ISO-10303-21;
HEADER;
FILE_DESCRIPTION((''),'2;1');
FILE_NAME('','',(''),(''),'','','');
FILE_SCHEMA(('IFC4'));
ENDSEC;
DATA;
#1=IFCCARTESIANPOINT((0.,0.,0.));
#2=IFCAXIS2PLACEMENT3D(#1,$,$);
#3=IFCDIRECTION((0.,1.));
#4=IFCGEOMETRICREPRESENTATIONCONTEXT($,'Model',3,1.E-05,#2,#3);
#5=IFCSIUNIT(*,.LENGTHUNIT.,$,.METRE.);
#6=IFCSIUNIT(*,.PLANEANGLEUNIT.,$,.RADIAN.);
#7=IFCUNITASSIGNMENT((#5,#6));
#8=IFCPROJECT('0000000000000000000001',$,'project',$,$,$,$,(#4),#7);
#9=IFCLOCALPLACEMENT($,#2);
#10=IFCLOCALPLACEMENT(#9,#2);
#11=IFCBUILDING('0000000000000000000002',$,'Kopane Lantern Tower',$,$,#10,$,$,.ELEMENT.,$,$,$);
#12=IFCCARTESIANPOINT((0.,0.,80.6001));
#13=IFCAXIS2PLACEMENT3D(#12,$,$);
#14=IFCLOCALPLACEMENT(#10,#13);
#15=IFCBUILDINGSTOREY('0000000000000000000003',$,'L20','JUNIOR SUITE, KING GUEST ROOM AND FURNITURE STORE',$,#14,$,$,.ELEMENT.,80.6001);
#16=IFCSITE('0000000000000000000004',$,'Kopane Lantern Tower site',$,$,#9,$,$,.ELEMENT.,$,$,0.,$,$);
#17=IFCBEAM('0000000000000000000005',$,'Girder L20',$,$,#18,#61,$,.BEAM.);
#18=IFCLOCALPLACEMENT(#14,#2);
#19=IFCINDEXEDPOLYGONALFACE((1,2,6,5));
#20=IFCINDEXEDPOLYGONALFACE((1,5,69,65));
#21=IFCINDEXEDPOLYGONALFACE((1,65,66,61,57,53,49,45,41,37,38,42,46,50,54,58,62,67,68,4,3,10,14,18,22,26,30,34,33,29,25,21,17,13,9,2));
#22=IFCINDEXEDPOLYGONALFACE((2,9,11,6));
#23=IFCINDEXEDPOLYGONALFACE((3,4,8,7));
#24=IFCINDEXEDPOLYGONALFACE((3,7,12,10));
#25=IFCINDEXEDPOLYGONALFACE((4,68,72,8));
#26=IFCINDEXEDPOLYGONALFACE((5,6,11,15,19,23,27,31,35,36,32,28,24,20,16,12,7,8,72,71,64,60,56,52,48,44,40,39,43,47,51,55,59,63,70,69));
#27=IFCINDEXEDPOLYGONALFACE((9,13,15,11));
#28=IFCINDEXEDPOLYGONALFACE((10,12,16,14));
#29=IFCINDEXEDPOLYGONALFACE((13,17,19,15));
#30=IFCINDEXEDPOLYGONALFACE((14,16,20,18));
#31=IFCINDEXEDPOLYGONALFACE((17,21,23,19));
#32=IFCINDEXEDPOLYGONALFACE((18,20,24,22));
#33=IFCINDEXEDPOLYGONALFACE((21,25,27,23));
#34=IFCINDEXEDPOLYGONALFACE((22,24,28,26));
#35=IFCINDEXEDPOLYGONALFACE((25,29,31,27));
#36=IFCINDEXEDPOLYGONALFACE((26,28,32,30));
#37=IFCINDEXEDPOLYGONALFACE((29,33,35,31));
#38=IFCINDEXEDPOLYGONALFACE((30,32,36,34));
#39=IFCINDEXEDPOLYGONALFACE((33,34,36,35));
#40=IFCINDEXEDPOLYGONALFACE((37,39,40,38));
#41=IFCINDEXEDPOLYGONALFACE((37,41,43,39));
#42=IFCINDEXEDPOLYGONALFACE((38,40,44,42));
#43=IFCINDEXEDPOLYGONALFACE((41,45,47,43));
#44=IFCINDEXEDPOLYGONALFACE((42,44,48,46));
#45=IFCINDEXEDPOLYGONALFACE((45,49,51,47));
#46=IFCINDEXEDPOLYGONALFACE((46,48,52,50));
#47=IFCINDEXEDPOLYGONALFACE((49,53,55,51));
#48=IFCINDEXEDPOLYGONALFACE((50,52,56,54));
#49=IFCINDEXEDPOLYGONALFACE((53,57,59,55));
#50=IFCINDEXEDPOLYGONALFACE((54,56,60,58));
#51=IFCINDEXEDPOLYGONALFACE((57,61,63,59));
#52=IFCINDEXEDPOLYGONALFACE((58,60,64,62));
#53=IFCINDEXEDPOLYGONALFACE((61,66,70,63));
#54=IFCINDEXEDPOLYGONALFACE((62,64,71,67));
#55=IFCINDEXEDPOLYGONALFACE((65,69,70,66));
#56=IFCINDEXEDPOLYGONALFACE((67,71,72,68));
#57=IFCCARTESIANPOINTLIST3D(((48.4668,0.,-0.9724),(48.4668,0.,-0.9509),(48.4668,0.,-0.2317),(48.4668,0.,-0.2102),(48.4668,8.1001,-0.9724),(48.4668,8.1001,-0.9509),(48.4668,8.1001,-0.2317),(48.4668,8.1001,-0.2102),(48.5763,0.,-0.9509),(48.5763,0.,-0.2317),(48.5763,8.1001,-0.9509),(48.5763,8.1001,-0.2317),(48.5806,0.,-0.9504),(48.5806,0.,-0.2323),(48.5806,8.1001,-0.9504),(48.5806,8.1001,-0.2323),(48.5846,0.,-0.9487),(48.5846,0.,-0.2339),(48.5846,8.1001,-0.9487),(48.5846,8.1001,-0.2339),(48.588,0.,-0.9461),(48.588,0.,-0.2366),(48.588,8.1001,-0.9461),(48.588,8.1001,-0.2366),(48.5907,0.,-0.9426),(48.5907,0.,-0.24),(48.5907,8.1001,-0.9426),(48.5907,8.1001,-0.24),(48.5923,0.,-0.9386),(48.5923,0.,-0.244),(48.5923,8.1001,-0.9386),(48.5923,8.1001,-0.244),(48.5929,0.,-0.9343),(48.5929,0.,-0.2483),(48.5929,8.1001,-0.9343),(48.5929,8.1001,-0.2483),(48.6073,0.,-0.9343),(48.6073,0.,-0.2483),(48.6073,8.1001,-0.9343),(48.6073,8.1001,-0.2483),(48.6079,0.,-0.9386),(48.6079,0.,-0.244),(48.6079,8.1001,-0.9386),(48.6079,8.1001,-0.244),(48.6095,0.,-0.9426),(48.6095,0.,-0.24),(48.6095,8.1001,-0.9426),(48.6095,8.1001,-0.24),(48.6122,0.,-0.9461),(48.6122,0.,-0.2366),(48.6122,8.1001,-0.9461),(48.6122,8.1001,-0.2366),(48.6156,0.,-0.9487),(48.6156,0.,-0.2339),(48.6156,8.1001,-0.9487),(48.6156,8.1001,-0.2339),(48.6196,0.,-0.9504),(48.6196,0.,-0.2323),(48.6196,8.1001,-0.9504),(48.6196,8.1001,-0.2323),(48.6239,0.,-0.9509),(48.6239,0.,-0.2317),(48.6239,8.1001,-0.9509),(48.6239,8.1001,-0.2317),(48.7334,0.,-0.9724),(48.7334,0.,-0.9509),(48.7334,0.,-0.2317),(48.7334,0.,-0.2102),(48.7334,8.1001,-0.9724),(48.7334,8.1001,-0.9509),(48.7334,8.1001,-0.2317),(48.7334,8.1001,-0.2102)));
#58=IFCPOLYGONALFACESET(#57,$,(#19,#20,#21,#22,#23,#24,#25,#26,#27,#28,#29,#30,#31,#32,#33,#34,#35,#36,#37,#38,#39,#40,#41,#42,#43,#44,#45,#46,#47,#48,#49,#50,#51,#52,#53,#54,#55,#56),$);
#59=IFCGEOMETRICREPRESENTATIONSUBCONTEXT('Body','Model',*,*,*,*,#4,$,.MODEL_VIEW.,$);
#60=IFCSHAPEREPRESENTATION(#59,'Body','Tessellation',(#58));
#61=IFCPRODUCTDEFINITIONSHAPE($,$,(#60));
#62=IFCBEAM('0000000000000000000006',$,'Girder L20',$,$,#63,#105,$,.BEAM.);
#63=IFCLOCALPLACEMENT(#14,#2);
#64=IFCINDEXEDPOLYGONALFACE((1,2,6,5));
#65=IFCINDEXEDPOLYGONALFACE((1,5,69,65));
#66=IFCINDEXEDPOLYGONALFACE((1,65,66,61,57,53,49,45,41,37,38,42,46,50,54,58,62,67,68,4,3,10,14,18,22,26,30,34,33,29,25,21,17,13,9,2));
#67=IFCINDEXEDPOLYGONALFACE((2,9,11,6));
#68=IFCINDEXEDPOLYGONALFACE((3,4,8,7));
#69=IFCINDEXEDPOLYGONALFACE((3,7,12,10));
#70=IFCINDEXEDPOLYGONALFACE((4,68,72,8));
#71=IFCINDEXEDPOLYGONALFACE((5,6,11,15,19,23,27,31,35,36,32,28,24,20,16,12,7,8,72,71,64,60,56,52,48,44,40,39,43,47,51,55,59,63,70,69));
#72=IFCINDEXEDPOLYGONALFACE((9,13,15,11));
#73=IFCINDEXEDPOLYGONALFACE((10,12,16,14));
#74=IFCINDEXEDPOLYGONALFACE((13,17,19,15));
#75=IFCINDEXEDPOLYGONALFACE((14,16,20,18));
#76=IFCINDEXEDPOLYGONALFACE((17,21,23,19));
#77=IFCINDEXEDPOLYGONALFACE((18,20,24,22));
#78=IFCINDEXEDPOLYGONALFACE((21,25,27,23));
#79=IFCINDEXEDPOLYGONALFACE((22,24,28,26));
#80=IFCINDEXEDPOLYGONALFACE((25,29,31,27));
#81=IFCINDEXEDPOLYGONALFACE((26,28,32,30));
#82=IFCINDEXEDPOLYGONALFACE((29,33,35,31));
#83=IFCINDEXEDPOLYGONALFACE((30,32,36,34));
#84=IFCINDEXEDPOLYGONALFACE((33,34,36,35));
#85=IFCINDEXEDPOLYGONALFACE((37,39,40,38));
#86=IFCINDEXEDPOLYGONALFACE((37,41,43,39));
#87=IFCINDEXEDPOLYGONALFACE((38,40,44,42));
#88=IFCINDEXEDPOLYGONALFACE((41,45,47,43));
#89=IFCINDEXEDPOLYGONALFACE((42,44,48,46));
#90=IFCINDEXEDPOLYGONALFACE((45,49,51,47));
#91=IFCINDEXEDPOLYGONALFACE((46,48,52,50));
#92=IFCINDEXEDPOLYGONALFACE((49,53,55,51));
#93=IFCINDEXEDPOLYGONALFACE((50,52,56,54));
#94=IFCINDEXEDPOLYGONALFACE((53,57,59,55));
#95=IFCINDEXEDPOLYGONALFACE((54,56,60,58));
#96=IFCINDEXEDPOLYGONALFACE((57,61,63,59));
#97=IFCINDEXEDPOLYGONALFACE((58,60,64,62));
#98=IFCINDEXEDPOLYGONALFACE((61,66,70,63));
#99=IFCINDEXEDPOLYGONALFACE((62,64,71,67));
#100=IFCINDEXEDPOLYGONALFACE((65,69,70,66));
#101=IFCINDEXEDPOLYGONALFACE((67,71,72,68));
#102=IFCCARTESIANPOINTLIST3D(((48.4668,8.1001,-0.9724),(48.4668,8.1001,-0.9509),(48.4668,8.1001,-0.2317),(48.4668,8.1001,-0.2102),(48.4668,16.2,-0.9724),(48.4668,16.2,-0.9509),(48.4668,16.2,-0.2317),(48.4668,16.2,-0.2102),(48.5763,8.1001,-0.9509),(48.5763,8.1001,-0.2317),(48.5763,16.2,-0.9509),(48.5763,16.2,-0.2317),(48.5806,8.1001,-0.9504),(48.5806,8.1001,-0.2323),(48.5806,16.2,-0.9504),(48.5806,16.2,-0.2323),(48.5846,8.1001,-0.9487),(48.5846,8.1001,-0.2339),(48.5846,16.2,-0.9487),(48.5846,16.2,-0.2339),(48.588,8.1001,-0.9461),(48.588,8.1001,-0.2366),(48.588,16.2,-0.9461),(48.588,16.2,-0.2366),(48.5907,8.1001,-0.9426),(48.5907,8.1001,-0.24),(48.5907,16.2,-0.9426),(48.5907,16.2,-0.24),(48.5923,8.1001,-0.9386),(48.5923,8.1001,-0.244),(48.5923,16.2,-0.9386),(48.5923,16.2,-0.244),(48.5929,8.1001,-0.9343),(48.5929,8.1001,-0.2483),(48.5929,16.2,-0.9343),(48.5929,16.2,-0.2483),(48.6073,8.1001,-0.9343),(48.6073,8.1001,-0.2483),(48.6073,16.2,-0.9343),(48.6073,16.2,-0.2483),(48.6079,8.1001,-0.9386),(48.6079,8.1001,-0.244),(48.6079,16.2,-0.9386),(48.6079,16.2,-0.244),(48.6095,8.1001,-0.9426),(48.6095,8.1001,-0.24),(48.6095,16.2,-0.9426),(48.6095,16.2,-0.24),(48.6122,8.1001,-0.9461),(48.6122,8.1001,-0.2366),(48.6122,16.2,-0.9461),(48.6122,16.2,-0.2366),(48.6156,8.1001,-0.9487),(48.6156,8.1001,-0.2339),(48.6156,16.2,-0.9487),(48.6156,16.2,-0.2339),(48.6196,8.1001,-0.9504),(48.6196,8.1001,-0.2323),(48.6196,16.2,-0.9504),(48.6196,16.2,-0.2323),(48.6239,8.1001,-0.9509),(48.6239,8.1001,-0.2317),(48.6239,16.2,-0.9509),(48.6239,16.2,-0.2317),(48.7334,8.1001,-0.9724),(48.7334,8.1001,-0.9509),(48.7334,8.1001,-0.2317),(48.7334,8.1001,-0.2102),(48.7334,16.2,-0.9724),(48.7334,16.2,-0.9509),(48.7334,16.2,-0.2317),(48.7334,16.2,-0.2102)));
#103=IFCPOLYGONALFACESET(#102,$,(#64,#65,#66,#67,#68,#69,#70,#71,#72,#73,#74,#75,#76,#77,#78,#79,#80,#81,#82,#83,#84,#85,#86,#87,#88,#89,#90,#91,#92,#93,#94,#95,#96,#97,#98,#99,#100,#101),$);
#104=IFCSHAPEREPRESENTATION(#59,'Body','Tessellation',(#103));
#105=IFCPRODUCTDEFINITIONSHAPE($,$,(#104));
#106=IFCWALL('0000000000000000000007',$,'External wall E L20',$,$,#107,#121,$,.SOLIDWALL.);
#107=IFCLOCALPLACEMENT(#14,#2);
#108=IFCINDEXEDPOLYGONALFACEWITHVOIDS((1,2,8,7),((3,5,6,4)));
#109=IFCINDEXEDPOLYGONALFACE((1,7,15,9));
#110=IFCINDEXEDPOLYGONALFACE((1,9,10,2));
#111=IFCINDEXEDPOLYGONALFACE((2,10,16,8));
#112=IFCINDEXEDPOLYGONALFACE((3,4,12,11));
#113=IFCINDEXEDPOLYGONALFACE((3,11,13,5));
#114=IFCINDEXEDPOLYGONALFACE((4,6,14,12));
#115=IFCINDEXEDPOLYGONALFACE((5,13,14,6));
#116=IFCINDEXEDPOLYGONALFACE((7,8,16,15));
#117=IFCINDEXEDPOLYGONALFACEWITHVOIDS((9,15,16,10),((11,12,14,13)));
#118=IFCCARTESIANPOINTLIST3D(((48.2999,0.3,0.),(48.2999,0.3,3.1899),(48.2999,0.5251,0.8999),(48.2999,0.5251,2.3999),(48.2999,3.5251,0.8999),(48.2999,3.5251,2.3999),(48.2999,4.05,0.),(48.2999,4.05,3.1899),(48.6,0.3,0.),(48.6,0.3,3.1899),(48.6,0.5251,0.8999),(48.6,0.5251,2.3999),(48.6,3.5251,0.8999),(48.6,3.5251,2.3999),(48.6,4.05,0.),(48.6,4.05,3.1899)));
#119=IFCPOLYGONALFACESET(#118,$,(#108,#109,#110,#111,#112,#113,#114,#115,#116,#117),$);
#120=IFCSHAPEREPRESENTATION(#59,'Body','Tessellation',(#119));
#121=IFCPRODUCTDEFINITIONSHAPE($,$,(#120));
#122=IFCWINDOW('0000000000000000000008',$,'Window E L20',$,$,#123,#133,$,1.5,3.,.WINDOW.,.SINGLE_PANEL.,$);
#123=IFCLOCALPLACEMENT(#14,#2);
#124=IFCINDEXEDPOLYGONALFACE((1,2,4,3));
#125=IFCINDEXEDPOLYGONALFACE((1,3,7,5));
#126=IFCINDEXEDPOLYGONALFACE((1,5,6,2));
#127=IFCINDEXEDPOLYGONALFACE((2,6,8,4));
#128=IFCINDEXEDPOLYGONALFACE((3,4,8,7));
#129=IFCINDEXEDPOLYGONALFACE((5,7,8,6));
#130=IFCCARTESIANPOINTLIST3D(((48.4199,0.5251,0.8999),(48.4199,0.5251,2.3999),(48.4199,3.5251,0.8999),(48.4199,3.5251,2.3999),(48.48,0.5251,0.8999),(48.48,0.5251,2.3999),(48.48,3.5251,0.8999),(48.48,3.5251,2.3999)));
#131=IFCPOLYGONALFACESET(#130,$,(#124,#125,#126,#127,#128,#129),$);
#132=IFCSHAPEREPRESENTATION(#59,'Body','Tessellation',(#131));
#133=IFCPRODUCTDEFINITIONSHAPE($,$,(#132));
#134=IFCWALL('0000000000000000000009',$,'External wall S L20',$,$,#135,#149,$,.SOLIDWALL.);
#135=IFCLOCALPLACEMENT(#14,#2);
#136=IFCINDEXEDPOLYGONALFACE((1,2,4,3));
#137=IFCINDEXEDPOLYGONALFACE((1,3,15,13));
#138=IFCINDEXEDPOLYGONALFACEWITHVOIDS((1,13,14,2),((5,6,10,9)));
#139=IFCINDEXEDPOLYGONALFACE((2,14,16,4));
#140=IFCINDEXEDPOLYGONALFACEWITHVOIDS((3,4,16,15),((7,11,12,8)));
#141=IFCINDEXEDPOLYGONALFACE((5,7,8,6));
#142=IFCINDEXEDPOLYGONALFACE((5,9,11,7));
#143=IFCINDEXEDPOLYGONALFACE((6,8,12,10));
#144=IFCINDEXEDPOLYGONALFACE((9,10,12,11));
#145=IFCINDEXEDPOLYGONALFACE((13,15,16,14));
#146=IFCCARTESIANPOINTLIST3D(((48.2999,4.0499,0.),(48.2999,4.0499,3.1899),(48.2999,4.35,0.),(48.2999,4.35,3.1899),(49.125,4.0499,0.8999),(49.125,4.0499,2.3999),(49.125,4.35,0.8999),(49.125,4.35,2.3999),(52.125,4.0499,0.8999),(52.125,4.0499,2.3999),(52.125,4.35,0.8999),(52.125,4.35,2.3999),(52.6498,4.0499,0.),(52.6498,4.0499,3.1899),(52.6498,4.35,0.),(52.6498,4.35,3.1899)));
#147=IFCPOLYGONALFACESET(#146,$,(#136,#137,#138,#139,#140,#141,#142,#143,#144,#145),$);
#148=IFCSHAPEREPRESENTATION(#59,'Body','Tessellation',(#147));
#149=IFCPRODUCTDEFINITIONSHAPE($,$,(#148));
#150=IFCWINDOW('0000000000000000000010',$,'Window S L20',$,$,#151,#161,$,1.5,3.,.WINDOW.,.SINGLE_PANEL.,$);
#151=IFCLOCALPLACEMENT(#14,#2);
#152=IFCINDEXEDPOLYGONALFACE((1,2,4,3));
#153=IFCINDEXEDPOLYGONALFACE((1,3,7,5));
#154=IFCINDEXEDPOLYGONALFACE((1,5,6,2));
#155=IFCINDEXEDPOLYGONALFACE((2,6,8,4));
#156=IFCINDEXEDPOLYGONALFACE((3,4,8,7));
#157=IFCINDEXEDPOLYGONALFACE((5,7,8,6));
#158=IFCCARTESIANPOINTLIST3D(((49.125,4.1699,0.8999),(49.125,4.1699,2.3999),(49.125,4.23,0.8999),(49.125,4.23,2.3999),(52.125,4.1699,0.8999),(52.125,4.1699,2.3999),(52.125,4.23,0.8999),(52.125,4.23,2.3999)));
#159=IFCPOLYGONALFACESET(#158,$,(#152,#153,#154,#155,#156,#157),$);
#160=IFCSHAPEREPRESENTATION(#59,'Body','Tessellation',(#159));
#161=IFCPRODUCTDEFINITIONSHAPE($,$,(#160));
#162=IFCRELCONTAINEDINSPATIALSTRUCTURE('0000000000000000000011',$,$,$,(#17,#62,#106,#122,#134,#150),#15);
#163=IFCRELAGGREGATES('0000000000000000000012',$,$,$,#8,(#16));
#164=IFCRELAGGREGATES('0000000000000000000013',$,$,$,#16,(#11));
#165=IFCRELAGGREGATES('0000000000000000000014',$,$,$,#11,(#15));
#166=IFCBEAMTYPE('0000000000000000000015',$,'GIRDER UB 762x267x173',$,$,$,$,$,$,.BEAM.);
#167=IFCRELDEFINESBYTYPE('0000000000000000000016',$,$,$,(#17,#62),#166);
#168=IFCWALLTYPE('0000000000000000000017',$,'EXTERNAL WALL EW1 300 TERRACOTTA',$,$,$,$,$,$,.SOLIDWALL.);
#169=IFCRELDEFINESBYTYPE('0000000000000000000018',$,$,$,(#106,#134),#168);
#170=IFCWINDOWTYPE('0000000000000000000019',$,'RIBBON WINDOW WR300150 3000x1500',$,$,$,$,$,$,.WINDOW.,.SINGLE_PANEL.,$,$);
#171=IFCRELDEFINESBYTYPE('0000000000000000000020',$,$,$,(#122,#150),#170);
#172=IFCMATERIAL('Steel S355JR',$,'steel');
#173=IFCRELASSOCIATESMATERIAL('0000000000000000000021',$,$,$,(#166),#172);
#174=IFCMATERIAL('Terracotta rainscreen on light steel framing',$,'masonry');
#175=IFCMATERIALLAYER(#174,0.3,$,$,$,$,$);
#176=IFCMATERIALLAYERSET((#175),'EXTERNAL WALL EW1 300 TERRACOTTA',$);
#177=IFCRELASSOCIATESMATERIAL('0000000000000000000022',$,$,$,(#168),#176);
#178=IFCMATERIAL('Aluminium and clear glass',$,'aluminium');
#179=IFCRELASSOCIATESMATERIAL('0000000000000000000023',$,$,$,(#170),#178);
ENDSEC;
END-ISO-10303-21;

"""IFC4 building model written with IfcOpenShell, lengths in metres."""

from ifc_helpers import new_model, si_unit, direction, frame, frame_2d, origin, origin_2d, place, context, subcontext, project, spatial, rectangle, i_section, extrude, material, layer, layer_set, material_profile, profile_set, type_object, element, fill, save


model = new_model("IFC4")

# Units and contexts
model_context = context("Model", 3, precision=1e-05, world=origin(), true_north=direction((0.0, 1.0)))
body_context = subcontext(model_context, "Body", "Model", "MODEL_VIEW")
ifc_project = project(units=[si_unit("LENGTHUNIT", "METRE"), si_unit("PLANEANGLEUNIT", "RADIAN")], contexts=[model_context])

# Site, building, storey
site_placement = place(None, origin())
site = spatial("IfcSite", under=ifc_project, at=site_placement, Name="Kopane Lantern Tower site", CompositionType="ELEMENT", RefElevation=0.0)
building_placement = place(site_placement, origin())
building = spatial("IfcBuilding", under=site, at=building_placement, Name="Kopane Lantern Tower", CompositionType="ELEMENT")
storey_placement = place(building_placement, frame((0.0, 0.0, 80.6001)))
storey = spatial("IfcBuildingStorey", under=building, at=storey_placement, Name="L20", Description="JUNIOR SUITE, KING GUEST ROOM AND FURNITURE STORE", CompositionType="ELEMENT", Elevation=80.6001)

# Beams
ifc_material_1 = material(Name="Steel S355JR", Category="steel")
ifc_material_profile_1 = material_profile(ifc_material_1, i_section(OverallWidth=0.2666, OverallDepth=0.7622, WebThickness=0.0144, FlangeThickness=0.0215, FilletRadius=0.0166, at=origin_2d()), Name="UB 762x267x173")
ifc_profile_set_1 = profile_set([ifc_material_profile_1], Name="Steel S355JR")
beam_type_1 = type_object("IfcBeamType", Name="GIRDER UB 762x267x173", PredefinedType="BEAM", material=ifc_profile_set_1)
beam_1_placement = place(storey_placement, frame((48.6001, 0.0, -0.5913), z_axis=(0.0, 1.0, 0.0), x_axis=(-1.0, 0.0, 0.0)))
element("IfcBeam", 1, at=beam_1_placement, inside=storey, type_object=beam_type_1, Name="Girder L20", PredefinedType="BEAM", context=body_context, shape_type="SweptSolid", body=[
    extrude(i_section(OverallWidth=0.2666, OverallDepth=0.7622, WebThickness=0.0144, FlangeThickness=0.0215, FilletRadius=0.0166, at=origin_2d()), origin(), (0.0, 0.0, 1.0), 8.1001),
])
beam_2_placement = place(storey_placement, frame((48.6001, 8.1001, -0.5913), z_axis=(0.0, 1.0, 0.0), x_axis=(-1.0, 0.0, 0.0)))
element("IfcBeam", 2, at=beam_2_placement, inside=storey, type_object=beam_type_1, Name="Girder L20", PredefinedType="BEAM", context=body_context, shape_type="SweptSolid", body=[
    extrude(i_section(OverallWidth=0.2666, OverallDepth=0.7622, WebThickness=0.0144, FlangeThickness=0.0215, FilletRadius=0.0166, at=origin_2d()), origin(), (0.0, 0.0, 1.0), 8.0999),
])

# Walls, openings, windows
ifc_material_2 = material(Name="Terracotta rainscreen on light steel framing", Category="masonry")
ifc_layer = layer(ifc_material_2, 0.3)
ifc_layer_set = layer_set([ifc_layer], Name="EXTERNAL WALL EW1 300 TERRACOTTA")
wall_type = type_object("IfcWallType", Name="EXTERNAL WALL EW1 300 TERRACOTTA", PredefinedType="SOLIDWALL", material=ifc_layer_set)
wall_1_placement = place(storey_placement, frame((48.45, 0.3, 0.0), z_axis=(0.0, 0.0, 1.0), x_axis=(0.0, 1.0, 0.0)))
wall_1 = element("IfcWall", 3, at=wall_1_placement, inside=storey, type_object=wall_type, Name="External wall E L20", PredefinedType="SOLIDWALL", context=body_context, shape_type="SweptSolid", body=[
    extrude(rectangle(XDim=3.75, YDim=0.3, at=frame_2d((1.875, 0.0))), origin(), (0.0, 0.0, 1.0), 3.1899),
])
opening_1_placement = place(wall_1_placement, frame((0.2251, 0.0, 0.8999)))
opening_1 = element("IfcOpeningElement", 4, at=opening_1_placement, cuts=wall_1, PredefinedType="OPENING", context=body_context, shape_type="SweptSolid", body=[
    extrude(rectangle(XDim=3.0, YDim=1.5, at=frame_2d((1.5, 0.75))), frame((0.0, 0.1599, 0.0), z_axis=(0.0, -1.0, 0.0), x_axis=(1.0, 0.0, 0.0)), (0.0, 0.0, 1.0), 0.3201),
])
ifc_material_3 = material(Name="Aluminium and clear glass", Category="aluminium")
window_type = type_object("IfcWindowType", Name="RIBBON WINDOW WR300150 3000x1500", PartitioningType="SINGLE_PANEL", PredefinedType="WINDOW", material=ifc_material_3)
window_1_placement = place(opening_1_placement, origin())
window_1 = element("IfcWindow", 5, at=window_1_placement, inside=storey, type_object=window_type, Name="Window E L20", OverallHeight=1.5, OverallWidth=3.0, PartitioningType="SINGLE_PANEL", PredefinedType="WINDOW", context=body_context, shape_type="SweptSolid", body=[
    extrude(rectangle(XDim=3.0, YDim=1.5, at=frame_2d((1.5, 0.75))), frame((0.0, 0.03, 0.0), z_axis=(0.0, -1.0, 0.0), x_axis=(1.0, 0.0, 0.0)), (0.0, 0.0, 1.0), 0.0601),
])
fill(opening_1, window_1)
wall_2_placement = place(storey_placement, frame((48.3, 4.2, 0.0), z_axis=(0.0, 0.0, 1.0), x_axis=(1.0, 0.0, 0.0)))
wall_2 = element("IfcWall", 6, at=wall_2_placement, inside=storey, type_object=wall_type, Name="External wall S L20", PredefinedType="SOLIDWALL", context=body_context, shape_type="SweptSolid", body=[
    extrude(rectangle(XDim=4.3499, YDim=0.3, at=frame_2d((2.1748, 0.0))), origin(), (0.0, 0.0, 1.0), 3.1899),
])
opening_2_placement = place(wall_2_placement, frame((0.825, 0.0, 0.8999)))
opening_2 = element("IfcOpeningElement", 7, at=opening_2_placement, cuts=wall_2, PredefinedType="OPENING", context=body_context, shape_type="SweptSolid", body=[
    extrude(rectangle(XDim=3.0, YDim=1.5, at=frame_2d((1.5, 0.75))), frame((0.0, 0.1599, 0.0), z_axis=(0.0, -1.0, 0.0), x_axis=(1.0, 0.0, 0.0)), (0.0, 0.0, 1.0), 0.3201),
])
window_2_placement = place(opening_2_placement, origin())
window_2 = element("IfcWindow", 8, at=window_2_placement, inside=storey, type_object=window_type, Name="Window S L20", OverallHeight=1.5, OverallWidth=3.0, PartitioningType="SINGLE_PANEL", PredefinedType="WINDOW", context=body_context, shape_type="SweptSolid", body=[
    extrude(rectangle(XDim=3.0, YDim=1.5, at=frame_2d((1.5, 0.75))), frame((0.0, 0.03, 0.0), z_axis=(0.0, -1.0, 0.0), x_axis=(1.0, 0.0, 0.0)), (0.0, 0.0, 1.0), 0.0601),
])
fill(opening_2, window_2)

save(model, "model.ifc")
